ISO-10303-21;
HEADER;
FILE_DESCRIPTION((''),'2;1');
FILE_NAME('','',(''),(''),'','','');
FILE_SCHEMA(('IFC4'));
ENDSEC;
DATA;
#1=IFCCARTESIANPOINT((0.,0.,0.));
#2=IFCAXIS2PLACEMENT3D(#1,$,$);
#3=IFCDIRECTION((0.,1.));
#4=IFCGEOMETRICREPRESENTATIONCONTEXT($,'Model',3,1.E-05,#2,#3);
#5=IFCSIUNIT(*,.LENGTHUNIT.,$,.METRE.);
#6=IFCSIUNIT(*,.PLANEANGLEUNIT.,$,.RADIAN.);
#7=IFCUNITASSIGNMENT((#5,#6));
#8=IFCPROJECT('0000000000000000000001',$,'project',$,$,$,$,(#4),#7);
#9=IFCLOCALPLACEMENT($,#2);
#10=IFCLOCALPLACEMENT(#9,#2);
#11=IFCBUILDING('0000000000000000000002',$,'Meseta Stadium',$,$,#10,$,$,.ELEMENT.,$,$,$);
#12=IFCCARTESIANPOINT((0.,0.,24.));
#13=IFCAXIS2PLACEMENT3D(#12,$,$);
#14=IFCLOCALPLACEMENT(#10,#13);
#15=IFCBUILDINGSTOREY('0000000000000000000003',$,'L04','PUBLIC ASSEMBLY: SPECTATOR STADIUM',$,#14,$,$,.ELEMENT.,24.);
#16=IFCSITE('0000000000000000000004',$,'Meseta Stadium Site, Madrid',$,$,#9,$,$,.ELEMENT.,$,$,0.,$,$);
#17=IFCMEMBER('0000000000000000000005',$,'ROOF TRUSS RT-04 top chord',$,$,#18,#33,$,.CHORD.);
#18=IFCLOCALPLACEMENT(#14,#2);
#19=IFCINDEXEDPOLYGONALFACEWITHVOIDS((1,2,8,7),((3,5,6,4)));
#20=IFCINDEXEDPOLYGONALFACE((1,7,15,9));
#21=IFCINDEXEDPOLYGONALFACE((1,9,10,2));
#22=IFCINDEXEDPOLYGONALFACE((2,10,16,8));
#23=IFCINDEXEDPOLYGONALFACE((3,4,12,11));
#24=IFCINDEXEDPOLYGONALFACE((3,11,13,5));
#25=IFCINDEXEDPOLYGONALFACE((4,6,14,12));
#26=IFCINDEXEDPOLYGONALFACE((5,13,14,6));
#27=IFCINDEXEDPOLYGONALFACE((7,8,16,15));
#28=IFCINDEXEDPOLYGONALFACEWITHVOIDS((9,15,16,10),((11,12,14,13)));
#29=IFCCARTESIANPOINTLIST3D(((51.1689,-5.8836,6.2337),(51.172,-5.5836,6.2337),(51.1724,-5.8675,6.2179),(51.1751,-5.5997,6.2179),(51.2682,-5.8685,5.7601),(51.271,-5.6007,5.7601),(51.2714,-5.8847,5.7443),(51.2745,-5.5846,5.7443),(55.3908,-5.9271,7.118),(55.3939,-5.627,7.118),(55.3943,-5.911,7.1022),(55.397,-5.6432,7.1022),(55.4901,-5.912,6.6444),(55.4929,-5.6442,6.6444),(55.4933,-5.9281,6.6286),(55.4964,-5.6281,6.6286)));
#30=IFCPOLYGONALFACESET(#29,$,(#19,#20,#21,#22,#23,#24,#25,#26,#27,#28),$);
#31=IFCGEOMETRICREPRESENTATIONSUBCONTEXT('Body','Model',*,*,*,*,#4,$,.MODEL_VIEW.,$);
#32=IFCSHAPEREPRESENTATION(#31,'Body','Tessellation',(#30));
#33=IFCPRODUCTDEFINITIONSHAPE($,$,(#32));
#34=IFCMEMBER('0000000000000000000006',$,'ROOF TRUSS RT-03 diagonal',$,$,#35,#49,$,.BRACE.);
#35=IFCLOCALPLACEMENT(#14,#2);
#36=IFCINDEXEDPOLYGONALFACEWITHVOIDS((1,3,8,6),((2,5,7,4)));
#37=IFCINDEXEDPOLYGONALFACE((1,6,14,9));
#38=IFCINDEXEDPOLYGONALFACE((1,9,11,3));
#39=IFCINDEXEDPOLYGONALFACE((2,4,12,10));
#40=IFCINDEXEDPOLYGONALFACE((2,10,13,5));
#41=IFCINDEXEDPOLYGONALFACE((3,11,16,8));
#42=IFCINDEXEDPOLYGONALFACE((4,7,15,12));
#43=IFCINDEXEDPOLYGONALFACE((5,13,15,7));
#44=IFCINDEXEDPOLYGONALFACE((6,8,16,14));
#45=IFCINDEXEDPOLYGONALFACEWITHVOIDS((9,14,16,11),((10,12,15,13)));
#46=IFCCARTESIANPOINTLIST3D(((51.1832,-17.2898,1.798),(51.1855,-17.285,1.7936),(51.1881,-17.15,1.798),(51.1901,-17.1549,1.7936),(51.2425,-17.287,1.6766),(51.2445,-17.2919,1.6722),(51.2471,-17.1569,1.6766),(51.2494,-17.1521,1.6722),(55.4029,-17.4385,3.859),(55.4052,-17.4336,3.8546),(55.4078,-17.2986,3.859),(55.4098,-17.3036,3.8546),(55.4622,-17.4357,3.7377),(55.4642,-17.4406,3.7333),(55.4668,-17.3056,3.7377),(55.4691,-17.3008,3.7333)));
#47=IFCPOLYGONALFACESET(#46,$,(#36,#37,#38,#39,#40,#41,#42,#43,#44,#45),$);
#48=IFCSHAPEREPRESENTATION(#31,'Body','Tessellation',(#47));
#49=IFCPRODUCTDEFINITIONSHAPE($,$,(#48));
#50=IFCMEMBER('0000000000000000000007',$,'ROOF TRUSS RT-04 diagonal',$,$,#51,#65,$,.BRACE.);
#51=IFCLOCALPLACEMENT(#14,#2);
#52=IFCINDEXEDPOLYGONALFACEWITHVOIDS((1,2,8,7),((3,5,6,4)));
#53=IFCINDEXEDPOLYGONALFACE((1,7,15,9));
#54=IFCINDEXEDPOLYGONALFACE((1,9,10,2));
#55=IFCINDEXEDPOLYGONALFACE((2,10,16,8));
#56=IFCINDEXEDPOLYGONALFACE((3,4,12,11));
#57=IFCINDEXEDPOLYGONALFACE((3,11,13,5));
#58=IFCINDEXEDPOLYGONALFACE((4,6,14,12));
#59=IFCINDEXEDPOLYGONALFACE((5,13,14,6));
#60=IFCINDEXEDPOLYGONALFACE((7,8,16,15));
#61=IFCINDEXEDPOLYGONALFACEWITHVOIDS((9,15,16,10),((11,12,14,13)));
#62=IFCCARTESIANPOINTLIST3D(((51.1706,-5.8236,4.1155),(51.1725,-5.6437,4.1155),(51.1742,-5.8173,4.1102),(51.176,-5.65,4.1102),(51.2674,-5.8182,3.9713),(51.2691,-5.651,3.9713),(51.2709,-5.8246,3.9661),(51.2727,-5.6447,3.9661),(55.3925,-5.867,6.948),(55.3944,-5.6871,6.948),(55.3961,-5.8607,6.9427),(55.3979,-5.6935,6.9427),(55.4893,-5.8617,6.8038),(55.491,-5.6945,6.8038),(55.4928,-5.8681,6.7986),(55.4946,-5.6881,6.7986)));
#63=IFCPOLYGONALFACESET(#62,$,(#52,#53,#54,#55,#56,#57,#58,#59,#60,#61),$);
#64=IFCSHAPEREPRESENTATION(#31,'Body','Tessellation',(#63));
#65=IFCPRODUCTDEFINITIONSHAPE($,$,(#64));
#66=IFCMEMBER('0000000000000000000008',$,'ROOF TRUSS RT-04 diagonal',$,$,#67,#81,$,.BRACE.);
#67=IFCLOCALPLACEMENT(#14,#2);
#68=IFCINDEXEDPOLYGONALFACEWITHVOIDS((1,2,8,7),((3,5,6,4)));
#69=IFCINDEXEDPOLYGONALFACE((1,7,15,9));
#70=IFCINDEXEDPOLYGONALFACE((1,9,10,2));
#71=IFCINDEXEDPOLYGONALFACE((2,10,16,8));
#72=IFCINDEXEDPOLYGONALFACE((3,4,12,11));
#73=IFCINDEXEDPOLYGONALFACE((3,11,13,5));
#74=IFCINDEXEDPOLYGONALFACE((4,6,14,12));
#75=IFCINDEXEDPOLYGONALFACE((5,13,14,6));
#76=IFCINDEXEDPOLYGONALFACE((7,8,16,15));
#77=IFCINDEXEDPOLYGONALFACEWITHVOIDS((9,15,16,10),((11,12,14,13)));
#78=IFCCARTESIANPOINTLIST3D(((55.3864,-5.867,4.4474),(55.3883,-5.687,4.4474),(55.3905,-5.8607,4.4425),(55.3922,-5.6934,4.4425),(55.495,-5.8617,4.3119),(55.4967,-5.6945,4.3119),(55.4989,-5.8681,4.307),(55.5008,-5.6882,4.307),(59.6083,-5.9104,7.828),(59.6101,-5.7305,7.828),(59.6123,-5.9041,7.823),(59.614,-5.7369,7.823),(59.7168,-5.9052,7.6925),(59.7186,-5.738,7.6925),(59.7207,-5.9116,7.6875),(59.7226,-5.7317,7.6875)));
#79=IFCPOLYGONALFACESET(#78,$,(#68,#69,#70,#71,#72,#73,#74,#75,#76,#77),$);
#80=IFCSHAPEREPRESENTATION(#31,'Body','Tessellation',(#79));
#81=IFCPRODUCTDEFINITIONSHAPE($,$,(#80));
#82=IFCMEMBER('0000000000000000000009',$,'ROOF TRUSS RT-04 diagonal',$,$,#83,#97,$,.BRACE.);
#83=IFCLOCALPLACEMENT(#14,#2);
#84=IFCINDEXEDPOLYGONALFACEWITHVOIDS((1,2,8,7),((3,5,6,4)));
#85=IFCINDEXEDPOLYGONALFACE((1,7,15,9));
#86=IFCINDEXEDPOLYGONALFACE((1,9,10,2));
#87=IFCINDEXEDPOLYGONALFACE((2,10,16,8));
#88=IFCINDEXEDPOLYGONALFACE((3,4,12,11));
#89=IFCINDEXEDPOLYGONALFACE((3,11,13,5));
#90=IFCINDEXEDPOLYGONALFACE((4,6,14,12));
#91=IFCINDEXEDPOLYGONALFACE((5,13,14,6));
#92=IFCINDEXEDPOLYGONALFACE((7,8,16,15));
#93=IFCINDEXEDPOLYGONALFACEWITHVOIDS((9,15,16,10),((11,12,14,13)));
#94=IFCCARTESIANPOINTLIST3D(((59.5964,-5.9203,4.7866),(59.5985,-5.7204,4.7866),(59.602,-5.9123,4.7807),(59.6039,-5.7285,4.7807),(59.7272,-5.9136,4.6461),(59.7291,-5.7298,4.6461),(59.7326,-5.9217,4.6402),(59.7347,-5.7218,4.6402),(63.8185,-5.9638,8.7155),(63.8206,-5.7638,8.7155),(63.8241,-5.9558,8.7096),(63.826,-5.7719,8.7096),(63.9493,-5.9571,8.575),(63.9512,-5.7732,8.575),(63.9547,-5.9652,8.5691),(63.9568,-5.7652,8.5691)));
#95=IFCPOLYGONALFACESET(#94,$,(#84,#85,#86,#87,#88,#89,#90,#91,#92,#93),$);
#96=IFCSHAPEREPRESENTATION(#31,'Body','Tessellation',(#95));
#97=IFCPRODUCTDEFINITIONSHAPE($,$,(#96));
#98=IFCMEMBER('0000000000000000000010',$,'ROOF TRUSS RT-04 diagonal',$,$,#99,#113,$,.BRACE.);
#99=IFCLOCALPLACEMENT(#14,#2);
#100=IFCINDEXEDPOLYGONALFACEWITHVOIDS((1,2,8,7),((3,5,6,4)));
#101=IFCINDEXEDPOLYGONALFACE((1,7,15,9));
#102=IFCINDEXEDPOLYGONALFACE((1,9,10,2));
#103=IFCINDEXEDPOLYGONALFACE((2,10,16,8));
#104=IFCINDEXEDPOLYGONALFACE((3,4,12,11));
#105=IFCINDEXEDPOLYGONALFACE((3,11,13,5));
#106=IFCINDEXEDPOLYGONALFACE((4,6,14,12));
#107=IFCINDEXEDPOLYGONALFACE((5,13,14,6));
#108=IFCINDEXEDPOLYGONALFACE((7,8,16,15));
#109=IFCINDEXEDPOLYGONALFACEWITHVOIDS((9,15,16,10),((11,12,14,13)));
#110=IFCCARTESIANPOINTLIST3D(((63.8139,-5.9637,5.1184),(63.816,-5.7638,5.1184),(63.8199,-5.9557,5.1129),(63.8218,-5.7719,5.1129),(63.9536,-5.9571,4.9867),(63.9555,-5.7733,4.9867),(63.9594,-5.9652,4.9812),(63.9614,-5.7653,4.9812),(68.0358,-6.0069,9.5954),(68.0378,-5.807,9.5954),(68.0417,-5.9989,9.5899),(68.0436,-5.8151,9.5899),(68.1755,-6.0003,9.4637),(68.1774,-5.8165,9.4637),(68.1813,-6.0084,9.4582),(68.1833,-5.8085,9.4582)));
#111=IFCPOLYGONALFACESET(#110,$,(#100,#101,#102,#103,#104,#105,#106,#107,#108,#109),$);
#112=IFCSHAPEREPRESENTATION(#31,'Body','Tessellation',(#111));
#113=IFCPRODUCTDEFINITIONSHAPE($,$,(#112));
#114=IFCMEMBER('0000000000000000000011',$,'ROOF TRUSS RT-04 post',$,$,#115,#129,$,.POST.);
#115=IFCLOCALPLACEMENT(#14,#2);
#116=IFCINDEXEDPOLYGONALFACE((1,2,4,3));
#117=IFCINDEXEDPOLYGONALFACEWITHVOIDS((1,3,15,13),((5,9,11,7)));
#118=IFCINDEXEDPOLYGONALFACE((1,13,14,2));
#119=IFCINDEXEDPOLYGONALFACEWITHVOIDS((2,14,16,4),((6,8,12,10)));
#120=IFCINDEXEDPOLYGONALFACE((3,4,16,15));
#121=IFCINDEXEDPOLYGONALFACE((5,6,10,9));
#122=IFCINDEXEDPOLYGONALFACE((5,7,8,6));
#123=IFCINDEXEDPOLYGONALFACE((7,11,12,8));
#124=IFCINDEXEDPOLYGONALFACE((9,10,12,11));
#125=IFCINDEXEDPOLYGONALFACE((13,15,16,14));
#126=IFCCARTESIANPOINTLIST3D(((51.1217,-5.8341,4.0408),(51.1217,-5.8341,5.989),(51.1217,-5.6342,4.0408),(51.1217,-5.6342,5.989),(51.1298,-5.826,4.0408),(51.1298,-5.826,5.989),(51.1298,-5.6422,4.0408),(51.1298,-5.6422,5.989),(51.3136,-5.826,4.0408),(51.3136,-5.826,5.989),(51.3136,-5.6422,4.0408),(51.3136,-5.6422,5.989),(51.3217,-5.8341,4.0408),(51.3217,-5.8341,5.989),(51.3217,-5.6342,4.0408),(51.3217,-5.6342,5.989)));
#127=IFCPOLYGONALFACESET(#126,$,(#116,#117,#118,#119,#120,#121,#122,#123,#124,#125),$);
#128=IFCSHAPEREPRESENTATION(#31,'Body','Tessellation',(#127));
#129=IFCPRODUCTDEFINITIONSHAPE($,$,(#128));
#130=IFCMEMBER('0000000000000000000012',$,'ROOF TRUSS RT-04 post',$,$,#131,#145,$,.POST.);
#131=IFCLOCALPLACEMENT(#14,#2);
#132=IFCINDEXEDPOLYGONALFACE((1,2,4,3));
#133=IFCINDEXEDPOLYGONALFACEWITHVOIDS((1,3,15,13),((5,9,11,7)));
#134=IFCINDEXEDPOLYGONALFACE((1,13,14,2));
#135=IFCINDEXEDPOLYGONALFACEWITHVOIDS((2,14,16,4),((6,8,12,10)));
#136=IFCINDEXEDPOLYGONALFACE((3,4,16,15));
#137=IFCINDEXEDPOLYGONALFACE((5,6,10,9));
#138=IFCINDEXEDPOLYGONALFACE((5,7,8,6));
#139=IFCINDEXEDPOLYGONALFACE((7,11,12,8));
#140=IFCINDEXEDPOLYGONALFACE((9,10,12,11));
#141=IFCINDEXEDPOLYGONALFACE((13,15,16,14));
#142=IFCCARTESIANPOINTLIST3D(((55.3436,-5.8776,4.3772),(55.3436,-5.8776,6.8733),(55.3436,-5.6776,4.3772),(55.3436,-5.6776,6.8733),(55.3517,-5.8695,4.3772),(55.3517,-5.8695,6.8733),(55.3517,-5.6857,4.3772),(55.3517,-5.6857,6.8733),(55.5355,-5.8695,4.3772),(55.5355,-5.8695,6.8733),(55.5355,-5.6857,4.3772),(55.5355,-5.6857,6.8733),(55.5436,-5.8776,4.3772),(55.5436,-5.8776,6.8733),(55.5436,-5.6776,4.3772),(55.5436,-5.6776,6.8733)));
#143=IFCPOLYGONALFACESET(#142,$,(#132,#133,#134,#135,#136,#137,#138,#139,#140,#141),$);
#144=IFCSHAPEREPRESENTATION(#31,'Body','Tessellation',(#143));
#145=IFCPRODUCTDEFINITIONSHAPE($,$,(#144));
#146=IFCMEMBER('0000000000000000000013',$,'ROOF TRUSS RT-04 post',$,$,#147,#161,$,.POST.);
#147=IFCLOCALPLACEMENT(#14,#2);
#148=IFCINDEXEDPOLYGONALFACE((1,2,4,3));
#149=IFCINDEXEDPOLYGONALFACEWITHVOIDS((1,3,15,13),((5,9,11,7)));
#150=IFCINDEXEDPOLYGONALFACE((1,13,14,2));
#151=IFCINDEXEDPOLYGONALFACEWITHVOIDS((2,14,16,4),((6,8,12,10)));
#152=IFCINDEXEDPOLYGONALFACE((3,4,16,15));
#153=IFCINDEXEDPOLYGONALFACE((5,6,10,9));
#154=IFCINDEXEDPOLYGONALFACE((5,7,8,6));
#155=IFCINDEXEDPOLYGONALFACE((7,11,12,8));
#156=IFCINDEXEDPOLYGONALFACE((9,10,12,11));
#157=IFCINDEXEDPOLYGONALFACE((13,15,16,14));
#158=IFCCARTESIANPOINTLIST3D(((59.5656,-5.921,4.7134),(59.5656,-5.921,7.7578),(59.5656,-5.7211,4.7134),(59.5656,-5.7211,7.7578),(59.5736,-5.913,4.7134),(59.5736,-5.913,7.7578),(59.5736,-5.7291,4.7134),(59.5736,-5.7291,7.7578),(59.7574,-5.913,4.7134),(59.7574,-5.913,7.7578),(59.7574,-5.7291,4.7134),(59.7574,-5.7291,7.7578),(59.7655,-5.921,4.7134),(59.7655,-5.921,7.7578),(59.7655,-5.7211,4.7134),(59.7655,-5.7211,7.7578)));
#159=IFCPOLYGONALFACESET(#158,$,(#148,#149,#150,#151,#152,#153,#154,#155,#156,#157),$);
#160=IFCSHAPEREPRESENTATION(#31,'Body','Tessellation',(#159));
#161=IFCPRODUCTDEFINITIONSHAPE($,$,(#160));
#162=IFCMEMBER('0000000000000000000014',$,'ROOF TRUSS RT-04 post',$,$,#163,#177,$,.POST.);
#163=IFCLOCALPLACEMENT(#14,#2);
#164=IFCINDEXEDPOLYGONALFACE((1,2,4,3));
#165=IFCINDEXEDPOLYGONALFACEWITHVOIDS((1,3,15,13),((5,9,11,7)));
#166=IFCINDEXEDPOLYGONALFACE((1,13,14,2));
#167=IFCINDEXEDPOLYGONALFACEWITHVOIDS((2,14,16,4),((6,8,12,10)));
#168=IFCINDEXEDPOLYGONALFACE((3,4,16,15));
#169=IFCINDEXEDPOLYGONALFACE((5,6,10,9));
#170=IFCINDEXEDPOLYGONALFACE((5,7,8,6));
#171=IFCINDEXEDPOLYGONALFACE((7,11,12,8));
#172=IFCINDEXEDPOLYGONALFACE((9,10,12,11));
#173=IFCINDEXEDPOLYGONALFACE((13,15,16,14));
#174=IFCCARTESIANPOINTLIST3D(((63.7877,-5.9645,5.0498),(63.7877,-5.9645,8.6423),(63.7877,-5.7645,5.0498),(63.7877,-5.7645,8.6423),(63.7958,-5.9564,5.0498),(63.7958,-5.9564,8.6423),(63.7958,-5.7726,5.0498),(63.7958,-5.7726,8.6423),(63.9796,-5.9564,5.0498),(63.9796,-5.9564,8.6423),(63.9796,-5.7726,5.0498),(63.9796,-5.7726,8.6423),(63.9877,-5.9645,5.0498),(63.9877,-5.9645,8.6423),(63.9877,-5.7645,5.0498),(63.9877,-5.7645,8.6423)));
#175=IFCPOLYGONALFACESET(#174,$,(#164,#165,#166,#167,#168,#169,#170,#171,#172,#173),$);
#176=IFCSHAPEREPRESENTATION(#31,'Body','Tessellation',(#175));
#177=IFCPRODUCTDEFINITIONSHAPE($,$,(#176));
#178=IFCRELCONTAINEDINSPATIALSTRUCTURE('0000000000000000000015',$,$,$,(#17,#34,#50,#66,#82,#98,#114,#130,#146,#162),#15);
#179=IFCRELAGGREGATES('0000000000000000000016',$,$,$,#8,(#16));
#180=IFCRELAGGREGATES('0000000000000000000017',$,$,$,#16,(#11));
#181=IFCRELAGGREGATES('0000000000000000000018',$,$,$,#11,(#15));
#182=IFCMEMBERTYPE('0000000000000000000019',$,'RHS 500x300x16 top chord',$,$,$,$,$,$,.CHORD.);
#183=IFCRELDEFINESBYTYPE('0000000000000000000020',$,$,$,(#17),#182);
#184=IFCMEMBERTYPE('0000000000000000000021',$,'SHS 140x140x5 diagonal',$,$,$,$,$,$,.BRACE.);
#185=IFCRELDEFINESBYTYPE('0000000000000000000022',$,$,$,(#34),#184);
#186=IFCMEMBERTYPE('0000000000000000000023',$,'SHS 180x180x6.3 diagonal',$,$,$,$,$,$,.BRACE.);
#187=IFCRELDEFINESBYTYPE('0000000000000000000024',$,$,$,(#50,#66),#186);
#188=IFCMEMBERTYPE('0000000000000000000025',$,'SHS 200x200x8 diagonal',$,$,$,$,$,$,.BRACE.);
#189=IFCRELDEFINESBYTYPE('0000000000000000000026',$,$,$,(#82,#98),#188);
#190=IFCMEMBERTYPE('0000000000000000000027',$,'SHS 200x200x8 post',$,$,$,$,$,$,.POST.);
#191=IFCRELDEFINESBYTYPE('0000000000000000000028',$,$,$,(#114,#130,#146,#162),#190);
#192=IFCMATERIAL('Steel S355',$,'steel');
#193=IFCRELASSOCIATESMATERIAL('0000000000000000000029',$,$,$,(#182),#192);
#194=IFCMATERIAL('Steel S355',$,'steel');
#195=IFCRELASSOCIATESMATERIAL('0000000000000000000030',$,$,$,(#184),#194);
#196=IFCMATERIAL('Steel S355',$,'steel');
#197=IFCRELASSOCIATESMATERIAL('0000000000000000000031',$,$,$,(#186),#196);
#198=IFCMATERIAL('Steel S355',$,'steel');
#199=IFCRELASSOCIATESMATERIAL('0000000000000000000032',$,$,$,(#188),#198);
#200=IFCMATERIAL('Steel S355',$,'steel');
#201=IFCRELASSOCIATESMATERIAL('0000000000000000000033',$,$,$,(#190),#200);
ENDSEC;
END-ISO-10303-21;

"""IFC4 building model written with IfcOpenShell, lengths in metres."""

from ifc_helpers import new_model, si_unit, direction, frame, origin, origin_2d, place, context, subcontext, project, spatial, hollow_rectangle, extrude, material, material_profile, profile_set, type_object, element, save


model = new_model("IFC4")

# Units and contexts
model_context = context("Model", 3, precision=1e-05, world=origin(), true_north=direction((0.0, 1.0)))
body_context = subcontext(model_context, "Body", "Model", "MODEL_VIEW")
ifc_project = project(units=[si_unit("LENGTHUNIT", "METRE"), si_unit("PLANEANGLEUNIT", "RADIAN")], contexts=[model_context])

# Site, building, storey
site_placement = place(None, origin())
site = spatial("IfcSite", under=ifc_project, at=site_placement, Name="Meseta Stadium Site, Madrid", CompositionType="ELEMENT", RefElevation=0.0)
building_placement = place(site_placement, origin())
building = spatial("IfcBuilding", under=site, at=building_placement, Name="Meseta Stadium", CompositionType="ELEMENT")
storey_placement = place(building_placement, frame((0.0, 0.0, 24.0)))
storey = spatial("IfcBuildingStorey", under=building, at=storey_placement, Name="L04", Description="PUBLIC ASSEMBLY: SPECTATOR STADIUM", CompositionType="ELEMENT", Elevation=24.0)

# Members
ifc_material_1 = material(Name="Steel S355", Category="steel")
ifc_material_profile_1 = material_profile(ifc_material_1, hollow_rectangle(XDim=0.3, YDim=0.5, WallThickness=0.0161, at=origin_2d()), Name="RHS 500x300x16")
ifc_profile_set_1 = profile_set([ifc_material_profile_1], Name="Steel S355")
member_type_1 = type_object("IfcMemberType", Name="RHS 500x300x16 top chord", PredefinedType="CHORD", material=ifc_profile_set_1)
member_1_placement = place(storey_placement, frame((51.2217, -5.7341, 5.989), z_axis=(0.978712, -0.010074, 0.20499), x_axis=(0.010293, 0.999947, 0.0)))
element("IfcMember", 1, at=member_1_placement, inside=storey, type_object=member_type_1, Name="ROOF TRUSS RT-04 top chord", PredefinedType="CHORD", context=body_context, shape_type="SweptSolid", body=[
    extrude(hollow_rectangle(XDim=0.3, YDim=0.5, WallThickness=0.0161, at=origin_2d()), origin(), (0.0, 0.0, 1.0), 4.3137),
])
ifc_material_2 = material(Name="Steel S355", Category="steel")
ifc_material_profile_2 = material_profile(ifc_material_2, hollow_rectangle(XDim=0.1399, YDim=0.1399, WallThickness=0.0049, at=origin_2d()), Name="SHS 140x140x5")
ifc_profile_set_2 = profile_set([ifc_material_profile_2], Name="Steel S355")
member_type_2 = type_object("IfcMemberType", Name="SHS 140x140x5 diagonal", PredefinedType="BRACE", material=ifc_profile_set_2)
member_2_placement = place(storey_placement, frame((51.2163, -17.2209, 1.7351), z_axis=(0.898097, -0.031644, 0.438657), x_axis=(0.035213, 0.99938, 0.0)))
element("IfcMember", 2, at=member_2_placement, inside=storey, type_object=member_type_2, Name="ROOF TRUSS RT-03 diagonal", PredefinedType="BRACE", context=body_context, shape_type="SweptSolid", body=[
    extrude(hollow_rectangle(XDim=0.1399, YDim=0.1399, WallThickness=0.0049, at=origin_2d()), origin(), (0.0, 0.0, 1.0), 4.6985),
])
ifc_material_3 = material(Name="Steel S355", Category="steel")
ifc_material_profile_3 = material_profile(ifc_material_3, hollow_rectangle(XDim=0.1799, YDim=0.1799, WallThickness=0.0063, at=origin_2d()), Name="SHS 180x180x6.3")
ifc_profile_set_3 = profile_set([ifc_material_profile_3], Name="Steel S355")
member_type_3 = type_object("IfcMemberType", Name="SHS 180x180x6.3 diagonal", PredefinedType="BRACE", material=ifc_profile_set_3)
member_3_placement = place(storey_placement, frame((51.2217, -5.7341, 4.0408), z_axis=(0.830391, -0.008547, 0.557115), x_axis=(0.010293, 0.999947, 0.0)))
element("IfcMember", 3, at=member_3_placement, inside=storey, type_object=member_type_3, Name="ROOF TRUSS RT-04 diagonal", PredefinedType="BRACE", context=body_context, shape_type="SweptSolid", body=[
    extrude(hollow_rectangle(XDim=0.1799, YDim=0.1799, WallThickness=0.0063, at=origin_2d()), origin(), (0.0, 0.0, 1.0), 5.0842),
])
member_4_placement = place(storey_placement, frame((55.4436, -5.7776, 4.3772), z_axis=(0.780566, -0.008035, 0.625022), x_axis=(0.010293, 0.999947, 0.0)))
element("IfcMember", 4, at=member_4_placement, inside=storey, type_object=member_type_3, Name="ROOF TRUSS RT-04 diagonal", PredefinedType="BRACE", context=body_context, shape_type="SweptSolid", body=[
    extrude(hollow_rectangle(XDim=0.1799, YDim=0.1799, WallThickness=0.0063, at=origin_2d()), origin(), (0.0, 0.0, 1.0), 5.4087),
])
ifc_material_4 = material(Name="Steel S355", Category="steel")
ifc_material_profile_4 = material_profile(ifc_material_4, hollow_rectangle(XDim=0.2, YDim=0.2, WallThickness=0.0081, at=origin_2d()), Name="SHS 200x200x8")
ifc_profile_set_4 = profile_set([ifc_material_profile_4], Name="Steel S355")
member_type_4 = type_object("IfcMemberType", Name="SHS 200x200x8 diagonal", PredefinedType="BRACE", material=ifc_profile_set_4)
member_5_placement = place(storey_placement, frame((59.6655, -5.821, 4.7134), z_axis=(0.732049, -0.007535, 0.681211), x_axis=(0.010292, 0.999947, 0.0)))
element("IfcMember", 5, at=member_5_placement, inside=storey, type_object=member_type_4, Name="ROOF TRUSS RT-04 diagonal", PredefinedType="BRACE", context=body_context, shape_type="SweptSolid", body=[
    extrude(hollow_rectangle(XDim=0.2, YDim=0.2, WallThickness=0.0081, at=origin_2d()), origin(), (0.0, 0.0, 1.0), 5.7676),
])
member_6_placement = place(storey_placement, frame((63.8877, -5.8645, 5.0498), z_axis=(0.686057, -0.007022, 0.727514), x_axis=(0.010235, 0.999948, 0.0)))
element("IfcMember", 6, at=member_6_placement, inside=storey, type_object=member_type_4, Name="ROOF TRUSS RT-04 diagonal", PredefinedType="BRACE", context=body_context, shape_type="SweptSolid", body=[
    extrude(hollow_rectangle(XDim=0.2, YDim=0.2, WallThickness=0.0081, at=origin_2d()), origin(), (0.0, 0.0, 1.0), 6.1538),
])
ifc_material_5 = material(Name="Steel S355", Category="steel")
ifc_material_profile_5 = material_profile(ifc_material_5, hollow_rectangle(XDim=0.2, YDim=0.2, WallThickness=0.0081, at=origin_2d()), Name="SHS 200x200x8")
ifc_profile_set_5 = profile_set([ifc_material_profile_5], Name="Steel S355")
member_type_5 = type_object("IfcMemberType", Name="SHS 200x200x8 post", PredefinedType="POST", material=ifc_profile_set_5)
member_7_placement = place(storey_placement, frame((51.2217, -5.7341, 4.0408), z_axis=(0.0, 0.0, 1.0), x_axis=(1.0, 0.0, 0.0)))
element("IfcMember", 7, at=member_7_placement, inside=storey, type_object=member_type_5, Name="ROOF TRUSS RT-04 post", PredefinedType="POST", context=body_context, shape_type="SweptSolid", body=[
    extrude(hollow_rectangle(XDim=0.2, YDim=0.2, WallThickness=0.0081, at=origin_2d()), origin(), (0.0, 0.0, 1.0), 1.9482),
])
member_8_placement = place(storey_placement, frame((55.4436, -5.7776, 4.3772), z_axis=(0.0, 0.0, 1.0), x_axis=(1.0, 0.0, 0.0)))
element("IfcMember", 8, at=member_8_placement, inside=storey, type_object=member_type_5, Name="ROOF TRUSS RT-04 post", PredefinedType="POST", context=body_context, shape_type="SweptSolid", body=[
    extrude(hollow_rectangle(XDim=0.2, YDim=0.2, WallThickness=0.0081, at=origin_2d()), origin(), (0.0, 0.0, 1.0), 2.4961),
])
member_9_placement = place(storey_placement, frame((59.6655, -5.821, 4.7134), z_axis=(0.0, 0.0, 1.0), x_axis=(1.0, 0.0, 0.0)))
element("IfcMember", 9, at=member_9_placement, inside=storey, type_object=member_type_5, Name="ROOF TRUSS RT-04 post", PredefinedType="POST", context=body_context, shape_type="SweptSolid", body=[
    extrude(hollow_rectangle(XDim=0.2, YDim=0.2, WallThickness=0.0081, at=origin_2d()), origin(), (0.0, 0.0, 1.0), 3.0444),
])
member_10_placement = place(storey_placement, frame((63.8877, -5.8645, 5.0498), z_axis=(0.0, 0.0, 1.0), x_axis=(1.0, 0.0, 0.0)))
element("IfcMember", 10, at=member_10_placement, inside=storey, type_object=member_type_5, Name="ROOF TRUSS RT-04 post", PredefinedType="POST", context=body_context, shape_type="SweptSolid", body=[
    extrude(hollow_rectangle(XDim=0.2, YDim=0.2, WallThickness=0.0081, at=origin_2d()), origin(), (0.0, 0.0, 1.0), 3.5925),
])

save(model, "model.ifc")
